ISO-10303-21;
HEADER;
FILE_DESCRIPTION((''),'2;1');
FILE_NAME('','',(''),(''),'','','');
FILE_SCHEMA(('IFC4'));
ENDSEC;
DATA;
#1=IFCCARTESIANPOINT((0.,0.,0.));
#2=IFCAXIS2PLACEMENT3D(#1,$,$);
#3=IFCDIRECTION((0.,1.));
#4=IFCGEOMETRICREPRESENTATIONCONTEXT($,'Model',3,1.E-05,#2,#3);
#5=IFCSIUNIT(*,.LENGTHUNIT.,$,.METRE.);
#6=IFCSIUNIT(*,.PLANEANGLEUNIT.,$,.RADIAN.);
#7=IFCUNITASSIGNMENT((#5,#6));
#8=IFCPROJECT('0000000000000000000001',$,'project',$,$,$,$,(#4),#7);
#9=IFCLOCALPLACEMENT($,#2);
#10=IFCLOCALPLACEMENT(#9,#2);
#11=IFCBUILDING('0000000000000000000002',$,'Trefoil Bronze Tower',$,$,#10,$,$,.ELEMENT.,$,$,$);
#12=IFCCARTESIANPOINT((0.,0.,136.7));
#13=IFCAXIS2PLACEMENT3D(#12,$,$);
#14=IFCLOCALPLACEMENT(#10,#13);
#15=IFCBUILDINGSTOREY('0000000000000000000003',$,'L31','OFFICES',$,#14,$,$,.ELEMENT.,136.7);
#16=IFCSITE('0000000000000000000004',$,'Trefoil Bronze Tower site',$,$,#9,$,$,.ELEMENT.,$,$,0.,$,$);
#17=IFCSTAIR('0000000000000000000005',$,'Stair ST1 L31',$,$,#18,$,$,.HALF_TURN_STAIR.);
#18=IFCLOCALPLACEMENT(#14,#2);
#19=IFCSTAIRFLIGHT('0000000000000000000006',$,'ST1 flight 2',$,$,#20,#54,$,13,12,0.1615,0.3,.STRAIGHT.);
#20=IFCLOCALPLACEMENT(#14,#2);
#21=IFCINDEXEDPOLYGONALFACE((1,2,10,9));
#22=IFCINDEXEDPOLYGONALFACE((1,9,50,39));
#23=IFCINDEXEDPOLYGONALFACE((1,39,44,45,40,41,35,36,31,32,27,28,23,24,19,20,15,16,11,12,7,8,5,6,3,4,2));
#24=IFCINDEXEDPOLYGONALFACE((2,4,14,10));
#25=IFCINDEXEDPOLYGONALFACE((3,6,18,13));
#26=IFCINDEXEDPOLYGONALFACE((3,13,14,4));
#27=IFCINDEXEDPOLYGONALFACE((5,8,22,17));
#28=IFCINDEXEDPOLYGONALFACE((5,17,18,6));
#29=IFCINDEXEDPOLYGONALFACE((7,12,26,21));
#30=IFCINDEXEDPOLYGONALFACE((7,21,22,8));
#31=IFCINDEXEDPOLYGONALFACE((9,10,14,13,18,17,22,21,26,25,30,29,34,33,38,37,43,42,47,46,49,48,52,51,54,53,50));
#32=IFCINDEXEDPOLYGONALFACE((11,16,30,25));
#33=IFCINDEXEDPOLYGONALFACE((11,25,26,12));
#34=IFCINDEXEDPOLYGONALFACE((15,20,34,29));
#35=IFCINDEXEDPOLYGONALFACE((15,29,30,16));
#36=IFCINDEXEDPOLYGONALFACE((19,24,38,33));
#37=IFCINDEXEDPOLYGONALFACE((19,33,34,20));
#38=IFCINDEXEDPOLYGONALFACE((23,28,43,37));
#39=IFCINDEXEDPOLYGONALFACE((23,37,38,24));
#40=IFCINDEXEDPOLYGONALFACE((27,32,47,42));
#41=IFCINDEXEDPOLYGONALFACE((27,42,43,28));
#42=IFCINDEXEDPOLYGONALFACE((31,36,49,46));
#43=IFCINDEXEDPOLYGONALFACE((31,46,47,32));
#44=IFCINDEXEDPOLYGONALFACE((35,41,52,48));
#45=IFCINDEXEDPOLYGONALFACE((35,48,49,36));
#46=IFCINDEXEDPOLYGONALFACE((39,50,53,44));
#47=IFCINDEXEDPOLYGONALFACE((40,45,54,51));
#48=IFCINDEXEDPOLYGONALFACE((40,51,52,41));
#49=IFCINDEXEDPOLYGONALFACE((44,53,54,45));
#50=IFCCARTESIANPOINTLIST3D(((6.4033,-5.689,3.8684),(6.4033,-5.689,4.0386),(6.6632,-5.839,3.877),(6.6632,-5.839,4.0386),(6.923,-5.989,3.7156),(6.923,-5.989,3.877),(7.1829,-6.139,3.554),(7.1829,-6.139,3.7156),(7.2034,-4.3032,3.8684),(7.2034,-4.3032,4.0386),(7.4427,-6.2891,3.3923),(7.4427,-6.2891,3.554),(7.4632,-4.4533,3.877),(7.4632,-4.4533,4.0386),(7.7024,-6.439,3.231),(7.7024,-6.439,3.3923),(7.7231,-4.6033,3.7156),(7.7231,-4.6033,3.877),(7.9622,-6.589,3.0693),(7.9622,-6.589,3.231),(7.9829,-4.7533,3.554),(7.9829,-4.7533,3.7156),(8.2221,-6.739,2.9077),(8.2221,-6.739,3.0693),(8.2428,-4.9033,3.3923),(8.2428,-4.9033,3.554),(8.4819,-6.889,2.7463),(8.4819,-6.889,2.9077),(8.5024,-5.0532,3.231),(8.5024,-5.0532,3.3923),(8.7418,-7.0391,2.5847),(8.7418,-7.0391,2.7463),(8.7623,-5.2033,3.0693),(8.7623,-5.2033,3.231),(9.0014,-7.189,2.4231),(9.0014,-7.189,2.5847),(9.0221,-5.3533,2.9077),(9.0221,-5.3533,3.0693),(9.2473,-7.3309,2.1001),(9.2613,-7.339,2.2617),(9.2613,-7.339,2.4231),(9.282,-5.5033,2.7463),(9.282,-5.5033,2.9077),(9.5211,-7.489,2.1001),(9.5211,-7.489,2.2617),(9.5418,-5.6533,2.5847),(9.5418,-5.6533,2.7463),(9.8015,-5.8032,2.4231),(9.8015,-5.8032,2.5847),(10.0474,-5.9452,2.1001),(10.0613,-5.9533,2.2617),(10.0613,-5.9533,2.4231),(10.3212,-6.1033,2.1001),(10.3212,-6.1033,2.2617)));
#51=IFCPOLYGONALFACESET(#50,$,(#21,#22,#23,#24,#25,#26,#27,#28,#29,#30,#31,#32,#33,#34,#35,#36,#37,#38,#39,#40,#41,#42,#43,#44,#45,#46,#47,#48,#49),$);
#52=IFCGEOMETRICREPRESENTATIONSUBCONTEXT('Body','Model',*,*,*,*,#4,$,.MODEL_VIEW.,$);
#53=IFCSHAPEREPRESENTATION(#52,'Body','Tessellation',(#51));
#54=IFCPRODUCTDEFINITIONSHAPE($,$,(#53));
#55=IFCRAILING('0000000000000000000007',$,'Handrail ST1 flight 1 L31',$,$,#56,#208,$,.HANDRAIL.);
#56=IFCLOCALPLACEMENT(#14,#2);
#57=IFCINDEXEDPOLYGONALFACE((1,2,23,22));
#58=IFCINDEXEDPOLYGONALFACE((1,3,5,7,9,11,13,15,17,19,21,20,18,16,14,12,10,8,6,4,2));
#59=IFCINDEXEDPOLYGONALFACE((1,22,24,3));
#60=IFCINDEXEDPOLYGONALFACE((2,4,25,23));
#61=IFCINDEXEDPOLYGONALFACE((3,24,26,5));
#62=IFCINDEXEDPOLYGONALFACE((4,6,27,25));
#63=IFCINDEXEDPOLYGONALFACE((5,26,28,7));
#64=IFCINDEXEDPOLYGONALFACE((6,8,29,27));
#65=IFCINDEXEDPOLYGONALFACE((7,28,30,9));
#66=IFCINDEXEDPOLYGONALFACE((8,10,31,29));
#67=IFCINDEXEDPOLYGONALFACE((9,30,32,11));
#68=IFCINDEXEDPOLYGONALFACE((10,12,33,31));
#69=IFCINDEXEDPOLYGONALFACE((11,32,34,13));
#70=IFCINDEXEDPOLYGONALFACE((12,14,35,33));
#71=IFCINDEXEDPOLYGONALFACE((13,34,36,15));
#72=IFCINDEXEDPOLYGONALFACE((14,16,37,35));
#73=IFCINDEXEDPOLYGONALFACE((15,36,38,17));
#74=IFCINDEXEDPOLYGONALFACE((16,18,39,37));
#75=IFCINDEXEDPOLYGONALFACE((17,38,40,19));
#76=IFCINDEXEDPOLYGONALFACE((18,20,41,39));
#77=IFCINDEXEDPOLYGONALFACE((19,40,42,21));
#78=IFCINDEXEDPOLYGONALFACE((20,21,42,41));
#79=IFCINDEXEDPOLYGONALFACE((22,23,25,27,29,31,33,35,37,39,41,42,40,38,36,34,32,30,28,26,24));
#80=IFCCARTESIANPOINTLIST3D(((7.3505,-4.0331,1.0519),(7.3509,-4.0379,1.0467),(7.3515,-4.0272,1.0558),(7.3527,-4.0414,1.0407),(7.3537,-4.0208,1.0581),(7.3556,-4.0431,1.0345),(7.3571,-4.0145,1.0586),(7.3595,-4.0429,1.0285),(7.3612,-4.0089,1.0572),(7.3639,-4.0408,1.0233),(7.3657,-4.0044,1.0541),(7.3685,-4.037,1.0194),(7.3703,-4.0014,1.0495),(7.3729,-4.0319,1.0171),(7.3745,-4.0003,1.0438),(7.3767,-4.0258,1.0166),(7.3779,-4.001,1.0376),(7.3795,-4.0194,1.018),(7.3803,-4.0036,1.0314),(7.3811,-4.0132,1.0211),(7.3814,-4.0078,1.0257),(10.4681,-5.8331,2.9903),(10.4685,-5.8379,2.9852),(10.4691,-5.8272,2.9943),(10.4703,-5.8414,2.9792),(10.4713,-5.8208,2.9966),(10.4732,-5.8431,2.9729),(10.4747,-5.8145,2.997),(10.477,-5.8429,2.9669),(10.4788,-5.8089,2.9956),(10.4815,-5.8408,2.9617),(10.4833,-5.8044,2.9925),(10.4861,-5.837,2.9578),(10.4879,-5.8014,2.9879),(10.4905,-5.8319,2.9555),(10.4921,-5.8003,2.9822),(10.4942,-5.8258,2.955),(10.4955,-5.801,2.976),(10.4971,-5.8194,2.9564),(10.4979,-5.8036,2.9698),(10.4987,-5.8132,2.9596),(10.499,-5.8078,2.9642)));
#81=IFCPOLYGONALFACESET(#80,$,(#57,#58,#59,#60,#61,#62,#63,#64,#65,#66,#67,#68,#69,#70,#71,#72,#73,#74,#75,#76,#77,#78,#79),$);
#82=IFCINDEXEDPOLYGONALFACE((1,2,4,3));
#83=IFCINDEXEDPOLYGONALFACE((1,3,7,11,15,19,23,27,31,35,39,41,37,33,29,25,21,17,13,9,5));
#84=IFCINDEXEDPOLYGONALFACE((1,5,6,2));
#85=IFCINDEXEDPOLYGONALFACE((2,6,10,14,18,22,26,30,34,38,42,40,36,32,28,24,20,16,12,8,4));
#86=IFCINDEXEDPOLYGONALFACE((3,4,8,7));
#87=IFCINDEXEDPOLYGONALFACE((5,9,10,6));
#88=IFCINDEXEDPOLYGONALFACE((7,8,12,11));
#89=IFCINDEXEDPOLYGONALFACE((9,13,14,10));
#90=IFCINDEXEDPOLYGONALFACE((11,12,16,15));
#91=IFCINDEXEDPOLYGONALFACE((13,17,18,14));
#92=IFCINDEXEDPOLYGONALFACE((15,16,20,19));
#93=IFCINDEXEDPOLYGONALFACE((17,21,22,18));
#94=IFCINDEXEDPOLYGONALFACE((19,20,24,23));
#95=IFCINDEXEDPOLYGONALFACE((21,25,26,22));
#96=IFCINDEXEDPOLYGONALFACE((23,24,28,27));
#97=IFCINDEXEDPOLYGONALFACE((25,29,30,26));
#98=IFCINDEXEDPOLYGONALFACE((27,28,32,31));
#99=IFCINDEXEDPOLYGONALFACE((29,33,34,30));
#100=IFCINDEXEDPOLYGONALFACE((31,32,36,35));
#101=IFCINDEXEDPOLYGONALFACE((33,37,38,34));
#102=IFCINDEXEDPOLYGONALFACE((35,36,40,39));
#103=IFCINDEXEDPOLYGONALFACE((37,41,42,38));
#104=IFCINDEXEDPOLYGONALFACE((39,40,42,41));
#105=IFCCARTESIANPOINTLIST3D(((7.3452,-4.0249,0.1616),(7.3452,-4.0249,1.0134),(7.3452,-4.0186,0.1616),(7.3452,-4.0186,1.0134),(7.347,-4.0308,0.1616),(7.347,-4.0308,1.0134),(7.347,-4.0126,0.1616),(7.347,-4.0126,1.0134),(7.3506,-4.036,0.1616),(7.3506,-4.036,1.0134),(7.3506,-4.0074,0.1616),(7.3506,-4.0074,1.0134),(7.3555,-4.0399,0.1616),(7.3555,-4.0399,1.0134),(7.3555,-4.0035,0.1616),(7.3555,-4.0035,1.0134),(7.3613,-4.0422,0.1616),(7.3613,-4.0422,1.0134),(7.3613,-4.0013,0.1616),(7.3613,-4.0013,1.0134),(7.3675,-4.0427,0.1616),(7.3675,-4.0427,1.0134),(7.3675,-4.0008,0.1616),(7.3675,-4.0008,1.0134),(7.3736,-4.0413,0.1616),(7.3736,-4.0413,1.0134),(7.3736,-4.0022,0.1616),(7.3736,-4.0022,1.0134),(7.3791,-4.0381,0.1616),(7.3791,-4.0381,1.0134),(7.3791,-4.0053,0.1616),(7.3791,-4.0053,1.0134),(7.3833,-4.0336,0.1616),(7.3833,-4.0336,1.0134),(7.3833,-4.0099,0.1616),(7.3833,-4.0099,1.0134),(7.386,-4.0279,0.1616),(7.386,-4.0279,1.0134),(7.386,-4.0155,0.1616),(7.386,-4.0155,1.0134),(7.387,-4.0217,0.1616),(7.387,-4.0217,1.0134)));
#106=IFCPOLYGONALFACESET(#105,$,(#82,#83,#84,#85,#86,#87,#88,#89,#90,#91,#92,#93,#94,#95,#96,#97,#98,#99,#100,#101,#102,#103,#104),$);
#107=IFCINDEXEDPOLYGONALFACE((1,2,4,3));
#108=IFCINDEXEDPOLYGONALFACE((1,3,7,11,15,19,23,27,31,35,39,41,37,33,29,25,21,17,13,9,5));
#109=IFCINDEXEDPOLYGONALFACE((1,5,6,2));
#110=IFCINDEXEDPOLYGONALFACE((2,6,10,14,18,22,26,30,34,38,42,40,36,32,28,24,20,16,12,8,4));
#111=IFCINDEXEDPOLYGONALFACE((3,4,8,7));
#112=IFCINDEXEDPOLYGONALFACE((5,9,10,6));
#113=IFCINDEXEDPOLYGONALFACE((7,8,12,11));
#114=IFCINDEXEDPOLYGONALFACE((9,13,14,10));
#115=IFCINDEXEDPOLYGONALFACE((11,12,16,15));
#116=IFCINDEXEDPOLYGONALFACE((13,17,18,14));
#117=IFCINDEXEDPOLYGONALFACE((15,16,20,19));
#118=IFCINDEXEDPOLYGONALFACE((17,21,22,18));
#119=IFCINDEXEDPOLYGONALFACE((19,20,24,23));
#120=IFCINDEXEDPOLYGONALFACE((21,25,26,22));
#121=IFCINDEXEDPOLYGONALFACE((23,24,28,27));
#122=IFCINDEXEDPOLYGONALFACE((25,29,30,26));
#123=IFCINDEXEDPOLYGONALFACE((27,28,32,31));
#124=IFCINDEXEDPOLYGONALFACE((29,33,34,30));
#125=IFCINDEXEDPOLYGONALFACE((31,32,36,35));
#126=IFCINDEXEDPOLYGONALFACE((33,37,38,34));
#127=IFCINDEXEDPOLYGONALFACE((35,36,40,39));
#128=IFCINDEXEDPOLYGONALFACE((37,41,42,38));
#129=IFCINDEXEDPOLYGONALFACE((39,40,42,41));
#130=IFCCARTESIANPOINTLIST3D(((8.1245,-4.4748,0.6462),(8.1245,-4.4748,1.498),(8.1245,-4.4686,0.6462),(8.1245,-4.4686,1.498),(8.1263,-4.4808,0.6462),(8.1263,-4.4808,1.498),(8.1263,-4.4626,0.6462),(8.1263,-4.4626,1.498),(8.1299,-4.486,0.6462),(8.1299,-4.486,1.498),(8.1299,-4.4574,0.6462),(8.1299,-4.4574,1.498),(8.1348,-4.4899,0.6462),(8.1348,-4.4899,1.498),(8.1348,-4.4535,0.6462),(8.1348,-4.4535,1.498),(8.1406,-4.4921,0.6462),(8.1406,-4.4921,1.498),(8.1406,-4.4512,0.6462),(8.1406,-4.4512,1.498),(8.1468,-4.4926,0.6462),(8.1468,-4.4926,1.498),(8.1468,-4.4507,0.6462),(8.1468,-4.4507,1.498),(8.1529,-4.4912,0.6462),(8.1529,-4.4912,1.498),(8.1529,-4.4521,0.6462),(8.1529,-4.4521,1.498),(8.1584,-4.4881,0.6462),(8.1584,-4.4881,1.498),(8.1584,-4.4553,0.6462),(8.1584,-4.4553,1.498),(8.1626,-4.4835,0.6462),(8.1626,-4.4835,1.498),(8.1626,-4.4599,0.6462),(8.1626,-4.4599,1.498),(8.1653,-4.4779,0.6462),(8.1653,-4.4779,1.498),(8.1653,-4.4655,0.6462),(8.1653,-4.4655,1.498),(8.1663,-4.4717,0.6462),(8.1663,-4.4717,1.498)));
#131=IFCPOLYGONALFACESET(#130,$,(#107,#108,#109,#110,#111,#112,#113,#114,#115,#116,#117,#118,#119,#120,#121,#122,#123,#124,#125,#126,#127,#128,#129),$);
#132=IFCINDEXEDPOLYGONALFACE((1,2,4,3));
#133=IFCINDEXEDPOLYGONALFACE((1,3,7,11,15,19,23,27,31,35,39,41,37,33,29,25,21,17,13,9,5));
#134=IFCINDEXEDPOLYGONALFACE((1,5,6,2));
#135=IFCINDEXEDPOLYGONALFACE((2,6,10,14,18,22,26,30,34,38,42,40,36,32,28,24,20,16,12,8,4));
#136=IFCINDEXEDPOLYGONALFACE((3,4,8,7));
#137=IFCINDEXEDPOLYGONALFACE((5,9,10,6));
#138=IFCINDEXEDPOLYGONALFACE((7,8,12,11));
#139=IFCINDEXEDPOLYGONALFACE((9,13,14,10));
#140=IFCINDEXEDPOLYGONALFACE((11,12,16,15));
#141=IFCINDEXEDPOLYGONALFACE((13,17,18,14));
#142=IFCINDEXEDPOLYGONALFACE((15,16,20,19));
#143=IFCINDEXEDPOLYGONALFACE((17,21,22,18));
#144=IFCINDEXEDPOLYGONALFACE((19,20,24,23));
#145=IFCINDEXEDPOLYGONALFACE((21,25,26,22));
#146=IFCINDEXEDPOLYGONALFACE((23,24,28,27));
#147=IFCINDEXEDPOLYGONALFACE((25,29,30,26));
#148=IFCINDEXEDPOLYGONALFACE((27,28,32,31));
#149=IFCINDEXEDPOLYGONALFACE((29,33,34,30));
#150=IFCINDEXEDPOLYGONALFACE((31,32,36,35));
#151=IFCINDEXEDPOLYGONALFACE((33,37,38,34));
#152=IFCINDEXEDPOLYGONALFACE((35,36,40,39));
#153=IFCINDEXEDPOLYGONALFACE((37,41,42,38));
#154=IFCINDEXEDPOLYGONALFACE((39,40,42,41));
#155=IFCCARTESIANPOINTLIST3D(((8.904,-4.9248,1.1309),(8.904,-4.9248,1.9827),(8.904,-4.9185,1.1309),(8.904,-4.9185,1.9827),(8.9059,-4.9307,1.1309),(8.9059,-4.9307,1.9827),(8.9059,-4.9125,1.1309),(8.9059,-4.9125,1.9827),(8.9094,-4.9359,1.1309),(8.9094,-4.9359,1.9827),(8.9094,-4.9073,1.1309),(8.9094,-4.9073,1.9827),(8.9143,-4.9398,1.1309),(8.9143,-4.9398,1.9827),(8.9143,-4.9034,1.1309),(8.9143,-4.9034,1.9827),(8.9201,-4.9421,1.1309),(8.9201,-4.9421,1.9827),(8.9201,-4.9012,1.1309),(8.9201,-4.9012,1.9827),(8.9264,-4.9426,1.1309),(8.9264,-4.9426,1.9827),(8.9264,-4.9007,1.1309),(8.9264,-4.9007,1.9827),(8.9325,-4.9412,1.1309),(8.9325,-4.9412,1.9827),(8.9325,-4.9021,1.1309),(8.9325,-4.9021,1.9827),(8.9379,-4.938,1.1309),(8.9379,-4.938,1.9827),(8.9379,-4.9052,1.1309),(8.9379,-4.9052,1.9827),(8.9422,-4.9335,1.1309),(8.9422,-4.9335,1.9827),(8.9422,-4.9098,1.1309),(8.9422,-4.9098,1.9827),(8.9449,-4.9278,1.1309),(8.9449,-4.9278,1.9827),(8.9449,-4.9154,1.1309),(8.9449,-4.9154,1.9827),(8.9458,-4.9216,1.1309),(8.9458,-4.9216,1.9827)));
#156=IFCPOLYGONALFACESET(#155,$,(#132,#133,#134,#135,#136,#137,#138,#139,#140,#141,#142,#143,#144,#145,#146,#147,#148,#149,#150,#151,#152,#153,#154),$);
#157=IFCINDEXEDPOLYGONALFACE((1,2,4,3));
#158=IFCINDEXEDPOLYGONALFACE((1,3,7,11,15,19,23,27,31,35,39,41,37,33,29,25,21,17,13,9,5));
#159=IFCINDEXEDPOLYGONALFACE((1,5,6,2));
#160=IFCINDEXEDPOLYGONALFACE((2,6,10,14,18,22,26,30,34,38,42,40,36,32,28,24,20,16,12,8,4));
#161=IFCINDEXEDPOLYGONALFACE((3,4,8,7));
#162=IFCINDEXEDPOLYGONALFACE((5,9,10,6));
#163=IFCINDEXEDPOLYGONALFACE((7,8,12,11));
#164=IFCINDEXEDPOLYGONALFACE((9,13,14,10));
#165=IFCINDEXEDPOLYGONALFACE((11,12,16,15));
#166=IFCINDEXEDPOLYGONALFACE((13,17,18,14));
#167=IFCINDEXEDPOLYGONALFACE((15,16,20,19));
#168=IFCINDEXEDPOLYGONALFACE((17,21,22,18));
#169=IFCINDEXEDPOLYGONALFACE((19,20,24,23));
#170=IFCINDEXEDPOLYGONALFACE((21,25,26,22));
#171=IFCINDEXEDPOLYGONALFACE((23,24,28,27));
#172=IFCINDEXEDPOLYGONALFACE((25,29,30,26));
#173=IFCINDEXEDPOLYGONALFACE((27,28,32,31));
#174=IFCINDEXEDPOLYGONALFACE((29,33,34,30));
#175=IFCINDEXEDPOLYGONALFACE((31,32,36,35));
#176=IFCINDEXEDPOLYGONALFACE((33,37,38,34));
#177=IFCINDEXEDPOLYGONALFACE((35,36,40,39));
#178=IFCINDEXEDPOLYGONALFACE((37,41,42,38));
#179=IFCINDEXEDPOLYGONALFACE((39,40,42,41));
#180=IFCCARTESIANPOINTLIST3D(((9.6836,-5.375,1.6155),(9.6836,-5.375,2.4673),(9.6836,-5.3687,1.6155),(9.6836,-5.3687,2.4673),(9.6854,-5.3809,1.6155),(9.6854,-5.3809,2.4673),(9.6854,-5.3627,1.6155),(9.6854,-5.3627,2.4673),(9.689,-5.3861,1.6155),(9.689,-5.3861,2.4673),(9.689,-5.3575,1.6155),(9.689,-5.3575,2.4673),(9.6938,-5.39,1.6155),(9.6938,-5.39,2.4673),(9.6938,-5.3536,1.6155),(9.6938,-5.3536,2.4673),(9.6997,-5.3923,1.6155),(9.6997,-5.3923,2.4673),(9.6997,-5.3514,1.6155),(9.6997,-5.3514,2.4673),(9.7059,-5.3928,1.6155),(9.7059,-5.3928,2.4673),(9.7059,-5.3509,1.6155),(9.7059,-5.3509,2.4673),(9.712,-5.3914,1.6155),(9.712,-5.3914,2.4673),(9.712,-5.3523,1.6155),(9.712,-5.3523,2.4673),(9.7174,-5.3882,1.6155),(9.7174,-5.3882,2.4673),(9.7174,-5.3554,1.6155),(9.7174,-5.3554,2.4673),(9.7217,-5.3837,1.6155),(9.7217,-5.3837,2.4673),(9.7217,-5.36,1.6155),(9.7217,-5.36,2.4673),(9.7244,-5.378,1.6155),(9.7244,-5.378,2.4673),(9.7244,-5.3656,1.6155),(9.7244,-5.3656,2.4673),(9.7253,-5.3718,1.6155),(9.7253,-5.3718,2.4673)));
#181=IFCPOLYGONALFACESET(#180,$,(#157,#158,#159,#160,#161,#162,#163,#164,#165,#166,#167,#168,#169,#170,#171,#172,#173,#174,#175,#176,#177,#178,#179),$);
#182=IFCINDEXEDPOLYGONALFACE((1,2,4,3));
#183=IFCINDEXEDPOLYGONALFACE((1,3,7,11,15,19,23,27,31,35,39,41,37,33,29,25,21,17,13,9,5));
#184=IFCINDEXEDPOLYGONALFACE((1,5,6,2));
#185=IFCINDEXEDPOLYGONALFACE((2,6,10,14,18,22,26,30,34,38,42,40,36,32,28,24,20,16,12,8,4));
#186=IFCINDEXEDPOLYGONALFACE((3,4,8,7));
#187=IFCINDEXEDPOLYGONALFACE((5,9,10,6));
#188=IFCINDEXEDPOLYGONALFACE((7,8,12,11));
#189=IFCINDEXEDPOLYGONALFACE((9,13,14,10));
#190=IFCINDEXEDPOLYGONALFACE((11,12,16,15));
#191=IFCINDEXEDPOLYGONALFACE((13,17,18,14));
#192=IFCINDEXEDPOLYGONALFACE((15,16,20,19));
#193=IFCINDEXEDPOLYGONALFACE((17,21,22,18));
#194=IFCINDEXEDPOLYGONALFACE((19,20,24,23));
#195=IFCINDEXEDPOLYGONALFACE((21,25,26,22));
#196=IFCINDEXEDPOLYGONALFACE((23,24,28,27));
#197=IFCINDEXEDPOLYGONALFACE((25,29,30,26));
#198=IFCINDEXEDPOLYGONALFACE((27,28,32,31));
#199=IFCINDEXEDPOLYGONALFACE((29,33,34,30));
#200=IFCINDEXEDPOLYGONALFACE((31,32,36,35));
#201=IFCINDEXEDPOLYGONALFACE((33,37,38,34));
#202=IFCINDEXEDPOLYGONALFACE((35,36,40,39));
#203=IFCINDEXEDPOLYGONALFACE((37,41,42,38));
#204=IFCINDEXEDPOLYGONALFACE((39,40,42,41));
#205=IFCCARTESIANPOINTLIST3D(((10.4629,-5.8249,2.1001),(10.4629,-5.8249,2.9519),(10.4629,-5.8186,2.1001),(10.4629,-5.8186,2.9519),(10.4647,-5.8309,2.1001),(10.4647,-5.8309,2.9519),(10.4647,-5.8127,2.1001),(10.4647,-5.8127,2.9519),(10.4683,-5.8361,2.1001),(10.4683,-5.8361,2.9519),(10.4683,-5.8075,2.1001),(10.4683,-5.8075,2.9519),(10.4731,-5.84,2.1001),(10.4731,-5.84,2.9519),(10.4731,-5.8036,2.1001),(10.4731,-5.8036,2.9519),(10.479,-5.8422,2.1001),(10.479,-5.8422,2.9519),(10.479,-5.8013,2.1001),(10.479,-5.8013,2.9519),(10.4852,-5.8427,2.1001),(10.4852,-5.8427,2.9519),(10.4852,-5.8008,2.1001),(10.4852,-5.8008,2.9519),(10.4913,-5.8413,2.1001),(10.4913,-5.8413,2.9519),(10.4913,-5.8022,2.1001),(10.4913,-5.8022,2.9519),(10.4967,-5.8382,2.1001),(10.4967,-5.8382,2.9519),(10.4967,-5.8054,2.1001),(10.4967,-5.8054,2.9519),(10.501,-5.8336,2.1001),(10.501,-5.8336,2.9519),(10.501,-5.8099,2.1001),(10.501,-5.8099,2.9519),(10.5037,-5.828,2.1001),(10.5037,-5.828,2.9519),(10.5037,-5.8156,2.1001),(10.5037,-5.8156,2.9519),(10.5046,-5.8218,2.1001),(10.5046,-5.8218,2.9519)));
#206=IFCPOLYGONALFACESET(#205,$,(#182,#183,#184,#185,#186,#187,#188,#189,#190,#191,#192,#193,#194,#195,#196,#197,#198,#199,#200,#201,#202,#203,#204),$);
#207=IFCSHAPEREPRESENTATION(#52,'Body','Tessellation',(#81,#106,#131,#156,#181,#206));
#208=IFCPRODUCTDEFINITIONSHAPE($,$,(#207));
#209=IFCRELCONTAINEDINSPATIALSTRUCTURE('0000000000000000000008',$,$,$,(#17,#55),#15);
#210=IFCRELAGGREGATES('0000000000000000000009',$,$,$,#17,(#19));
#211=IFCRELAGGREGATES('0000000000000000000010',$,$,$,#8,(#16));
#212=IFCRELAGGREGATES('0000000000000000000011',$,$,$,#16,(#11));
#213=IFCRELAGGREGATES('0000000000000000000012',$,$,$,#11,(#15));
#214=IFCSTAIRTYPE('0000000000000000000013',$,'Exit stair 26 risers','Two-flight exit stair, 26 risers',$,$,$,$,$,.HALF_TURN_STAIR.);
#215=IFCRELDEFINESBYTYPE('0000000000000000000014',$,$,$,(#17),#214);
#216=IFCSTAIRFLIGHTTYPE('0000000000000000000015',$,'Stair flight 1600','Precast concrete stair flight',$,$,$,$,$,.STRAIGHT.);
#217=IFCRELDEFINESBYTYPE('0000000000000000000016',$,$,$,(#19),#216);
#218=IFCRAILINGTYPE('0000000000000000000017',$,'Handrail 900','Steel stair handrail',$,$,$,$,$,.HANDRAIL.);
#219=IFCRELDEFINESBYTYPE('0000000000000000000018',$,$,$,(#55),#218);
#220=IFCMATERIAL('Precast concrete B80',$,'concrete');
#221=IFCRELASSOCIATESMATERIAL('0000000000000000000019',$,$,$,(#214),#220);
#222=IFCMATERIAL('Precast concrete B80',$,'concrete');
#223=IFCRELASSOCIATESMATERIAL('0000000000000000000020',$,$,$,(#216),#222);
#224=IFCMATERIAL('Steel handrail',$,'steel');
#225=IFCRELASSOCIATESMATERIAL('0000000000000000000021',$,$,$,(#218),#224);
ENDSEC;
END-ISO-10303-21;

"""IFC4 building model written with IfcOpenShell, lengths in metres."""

from ifc_helpers import new_model, si_unit, direction, frame, origin, origin_2d, place, context, subcontext, project, spatial, polyline, circle, outline, extrude, material, type_object, element, aggregate, save


model = new_model("IFC4")

# Units and contexts
model_context = context("Model", 3, precision=1e-05, world=origin(), true_north=direction((0.0, 1.0)))
body_context = subcontext(model_context, "Body", "Model", "MODEL_VIEW")
ifc_project = project(units=[si_unit("LENGTHUNIT", "METRE"), si_unit("PLANEANGLEUNIT", "RADIAN")], contexts=[model_context])

# Site, building, storey
site_placement = place(None, origin())
site = spatial("IfcSite", under=ifc_project, at=site_placement, Name="Trefoil Bronze Tower site", CompositionType="ELEMENT", RefElevation=0.0)
building_placement = place(site_placement, origin())
building = spatial("IfcBuilding", under=site, at=building_placement, Name="Trefoil Bronze Tower", CompositionType="ELEMENT")
storey_placement = place(building_placement, frame((0.0, 0.0, 136.7)))
storey = spatial("IfcBuildingStorey", under=building, at=storey_placement, Name="L31", Description="OFFICES", CompositionType="ELEMENT", Elevation=136.7)

# Stair
ifc_material_1 = material(Name="Precast concrete B80", Category="concrete")
stair_type = type_object("IfcStairType", Name="Exit stair 26 risers", Description="Two-flight exit stair, 26 risers", PredefinedType="HALF_TURN_STAIR", material=ifc_material_1)
stair_1_placement = place(storey_placement, origin())
stair_1 = element("IfcStair", 1, at=stair_1_placement, inside=storey, type_object=stair_type, Name="Stair ST1 L31", PredefinedType="HALF_TURN_STAIR")

# Stair flight
ifc_material_2 = material(Name="Precast concrete B80", Category="concrete")
stair_flight_type = type_object("IfcStairFlightType", Name="Stair flight 1600", Description="Precast concrete stair flight", PredefinedType="STRAIGHT", material=ifc_material_2)
stair_flight_1_placement = place(storey_placement, frame((9.9211, -6.7961, 2.1001), z_axis=(0.0, 0.0, 1.0), x_axis=(-0.866025, 0.5, 0.0)))
stair_flight_1 = element("IfcStairFlight", 2, at=stair_flight_1_placement, type_object=stair_flight_type, Name="ST1 flight 2", NumberOfRisers=13, NumberOfTreads=12, PredefinedType="STRAIGHT", RiserHeight=0.1615, TreadLength=0.3, context=body_context, shape_type="SweptSolid", body=[
    extrude(outline(polyline([(0.0, 0.0), (0.0, 0.1616), (0.3, 0.1616), (0.3, 0.323), (0.6001, 0.323), (0.6001, 0.4846), (0.8999, 0.4846), (0.8999, 0.6462), (1.2, 0.6462), (1.2, 0.8076), (1.5, 0.8076), (1.5, 0.9692), (1.8, 0.9692), (1.8, 1.1309), (2.1001, 1.1309), (2.1001, 1.2922), (2.3999, 1.2922), (2.3999, 1.4539), (2.7, 1.4539), (2.7, 1.6155), (3.0, 1.6155), (3.0, 1.7769), (3.3, 1.7769), (3.3, 1.9385), (3.6001, 1.9385), (3.6001, 2.1001), (3.6001, 1.7683), (0.3162, 0.0), (0.0, 0.0)])), frame((0.0, 0.8, 0.0), z_axis=(0.0, -1.0, 0.0), x_axis=(1.0, 0.0, 0.0)), (0.0, 0.0, 1.0), 1.6001),
])
aggregate(stair_1, [stair_flight_1])

# Railing
ifc_material_3 = material(Name="Steel handrail", Category="steel")
railing_type = type_object("IfcRailingType", Name="Handrail 900", Description="Steel stair handrail", PredefinedType="HANDRAIL", material=ifc_material_3)
railing_1_placement = place(storey_placement, frame((7.366, -4.0217, 0.1616)))
element("IfcRailing", 3, at=railing_1_placement, inside=storey, type_object=railing_type, Name="Handrail ST1 flight 1 L31", PredefinedType="HANDRAIL", context=body_context, shape_type="SweptSolid", body=[
    extrude(circle(Radius=0.0239, at=origin_2d()), frame((0.0, 0.0, 0.876), z_axis=(0.762503, -0.440246, 0.474102), x_axis=(0.500012, 0.866018, 0.0)), (0.0, 0.0, 1.0), 4.0886),
    extrude(circle(Radius=0.021, at=origin_2d()), origin(), (0.0, 0.0, 1.0), 0.8518),
    extrude(circle(Radius=0.021, at=origin_2d()), frame((0.7793, -0.45, 0.4846)), (0.0, 0.0, 1.0), 0.8518),
    extrude(circle(Radius=0.021, at=origin_2d()), frame((1.5588, -0.8999, 0.9692)), (0.0, 0.0, 1.0), 0.8518),
    extrude(circle(Radius=0.021, at=origin_2d()), frame((2.3384, -1.3501, 1.4539)), (0.0, 0.0, 1.0), 0.8518),
    extrude(circle(Radius=0.021, at=origin_2d()), frame((3.1177, -1.8, 1.9385)), (0.0, 0.0, 1.0), 0.8518),
])

save(model, "model.ifc")
